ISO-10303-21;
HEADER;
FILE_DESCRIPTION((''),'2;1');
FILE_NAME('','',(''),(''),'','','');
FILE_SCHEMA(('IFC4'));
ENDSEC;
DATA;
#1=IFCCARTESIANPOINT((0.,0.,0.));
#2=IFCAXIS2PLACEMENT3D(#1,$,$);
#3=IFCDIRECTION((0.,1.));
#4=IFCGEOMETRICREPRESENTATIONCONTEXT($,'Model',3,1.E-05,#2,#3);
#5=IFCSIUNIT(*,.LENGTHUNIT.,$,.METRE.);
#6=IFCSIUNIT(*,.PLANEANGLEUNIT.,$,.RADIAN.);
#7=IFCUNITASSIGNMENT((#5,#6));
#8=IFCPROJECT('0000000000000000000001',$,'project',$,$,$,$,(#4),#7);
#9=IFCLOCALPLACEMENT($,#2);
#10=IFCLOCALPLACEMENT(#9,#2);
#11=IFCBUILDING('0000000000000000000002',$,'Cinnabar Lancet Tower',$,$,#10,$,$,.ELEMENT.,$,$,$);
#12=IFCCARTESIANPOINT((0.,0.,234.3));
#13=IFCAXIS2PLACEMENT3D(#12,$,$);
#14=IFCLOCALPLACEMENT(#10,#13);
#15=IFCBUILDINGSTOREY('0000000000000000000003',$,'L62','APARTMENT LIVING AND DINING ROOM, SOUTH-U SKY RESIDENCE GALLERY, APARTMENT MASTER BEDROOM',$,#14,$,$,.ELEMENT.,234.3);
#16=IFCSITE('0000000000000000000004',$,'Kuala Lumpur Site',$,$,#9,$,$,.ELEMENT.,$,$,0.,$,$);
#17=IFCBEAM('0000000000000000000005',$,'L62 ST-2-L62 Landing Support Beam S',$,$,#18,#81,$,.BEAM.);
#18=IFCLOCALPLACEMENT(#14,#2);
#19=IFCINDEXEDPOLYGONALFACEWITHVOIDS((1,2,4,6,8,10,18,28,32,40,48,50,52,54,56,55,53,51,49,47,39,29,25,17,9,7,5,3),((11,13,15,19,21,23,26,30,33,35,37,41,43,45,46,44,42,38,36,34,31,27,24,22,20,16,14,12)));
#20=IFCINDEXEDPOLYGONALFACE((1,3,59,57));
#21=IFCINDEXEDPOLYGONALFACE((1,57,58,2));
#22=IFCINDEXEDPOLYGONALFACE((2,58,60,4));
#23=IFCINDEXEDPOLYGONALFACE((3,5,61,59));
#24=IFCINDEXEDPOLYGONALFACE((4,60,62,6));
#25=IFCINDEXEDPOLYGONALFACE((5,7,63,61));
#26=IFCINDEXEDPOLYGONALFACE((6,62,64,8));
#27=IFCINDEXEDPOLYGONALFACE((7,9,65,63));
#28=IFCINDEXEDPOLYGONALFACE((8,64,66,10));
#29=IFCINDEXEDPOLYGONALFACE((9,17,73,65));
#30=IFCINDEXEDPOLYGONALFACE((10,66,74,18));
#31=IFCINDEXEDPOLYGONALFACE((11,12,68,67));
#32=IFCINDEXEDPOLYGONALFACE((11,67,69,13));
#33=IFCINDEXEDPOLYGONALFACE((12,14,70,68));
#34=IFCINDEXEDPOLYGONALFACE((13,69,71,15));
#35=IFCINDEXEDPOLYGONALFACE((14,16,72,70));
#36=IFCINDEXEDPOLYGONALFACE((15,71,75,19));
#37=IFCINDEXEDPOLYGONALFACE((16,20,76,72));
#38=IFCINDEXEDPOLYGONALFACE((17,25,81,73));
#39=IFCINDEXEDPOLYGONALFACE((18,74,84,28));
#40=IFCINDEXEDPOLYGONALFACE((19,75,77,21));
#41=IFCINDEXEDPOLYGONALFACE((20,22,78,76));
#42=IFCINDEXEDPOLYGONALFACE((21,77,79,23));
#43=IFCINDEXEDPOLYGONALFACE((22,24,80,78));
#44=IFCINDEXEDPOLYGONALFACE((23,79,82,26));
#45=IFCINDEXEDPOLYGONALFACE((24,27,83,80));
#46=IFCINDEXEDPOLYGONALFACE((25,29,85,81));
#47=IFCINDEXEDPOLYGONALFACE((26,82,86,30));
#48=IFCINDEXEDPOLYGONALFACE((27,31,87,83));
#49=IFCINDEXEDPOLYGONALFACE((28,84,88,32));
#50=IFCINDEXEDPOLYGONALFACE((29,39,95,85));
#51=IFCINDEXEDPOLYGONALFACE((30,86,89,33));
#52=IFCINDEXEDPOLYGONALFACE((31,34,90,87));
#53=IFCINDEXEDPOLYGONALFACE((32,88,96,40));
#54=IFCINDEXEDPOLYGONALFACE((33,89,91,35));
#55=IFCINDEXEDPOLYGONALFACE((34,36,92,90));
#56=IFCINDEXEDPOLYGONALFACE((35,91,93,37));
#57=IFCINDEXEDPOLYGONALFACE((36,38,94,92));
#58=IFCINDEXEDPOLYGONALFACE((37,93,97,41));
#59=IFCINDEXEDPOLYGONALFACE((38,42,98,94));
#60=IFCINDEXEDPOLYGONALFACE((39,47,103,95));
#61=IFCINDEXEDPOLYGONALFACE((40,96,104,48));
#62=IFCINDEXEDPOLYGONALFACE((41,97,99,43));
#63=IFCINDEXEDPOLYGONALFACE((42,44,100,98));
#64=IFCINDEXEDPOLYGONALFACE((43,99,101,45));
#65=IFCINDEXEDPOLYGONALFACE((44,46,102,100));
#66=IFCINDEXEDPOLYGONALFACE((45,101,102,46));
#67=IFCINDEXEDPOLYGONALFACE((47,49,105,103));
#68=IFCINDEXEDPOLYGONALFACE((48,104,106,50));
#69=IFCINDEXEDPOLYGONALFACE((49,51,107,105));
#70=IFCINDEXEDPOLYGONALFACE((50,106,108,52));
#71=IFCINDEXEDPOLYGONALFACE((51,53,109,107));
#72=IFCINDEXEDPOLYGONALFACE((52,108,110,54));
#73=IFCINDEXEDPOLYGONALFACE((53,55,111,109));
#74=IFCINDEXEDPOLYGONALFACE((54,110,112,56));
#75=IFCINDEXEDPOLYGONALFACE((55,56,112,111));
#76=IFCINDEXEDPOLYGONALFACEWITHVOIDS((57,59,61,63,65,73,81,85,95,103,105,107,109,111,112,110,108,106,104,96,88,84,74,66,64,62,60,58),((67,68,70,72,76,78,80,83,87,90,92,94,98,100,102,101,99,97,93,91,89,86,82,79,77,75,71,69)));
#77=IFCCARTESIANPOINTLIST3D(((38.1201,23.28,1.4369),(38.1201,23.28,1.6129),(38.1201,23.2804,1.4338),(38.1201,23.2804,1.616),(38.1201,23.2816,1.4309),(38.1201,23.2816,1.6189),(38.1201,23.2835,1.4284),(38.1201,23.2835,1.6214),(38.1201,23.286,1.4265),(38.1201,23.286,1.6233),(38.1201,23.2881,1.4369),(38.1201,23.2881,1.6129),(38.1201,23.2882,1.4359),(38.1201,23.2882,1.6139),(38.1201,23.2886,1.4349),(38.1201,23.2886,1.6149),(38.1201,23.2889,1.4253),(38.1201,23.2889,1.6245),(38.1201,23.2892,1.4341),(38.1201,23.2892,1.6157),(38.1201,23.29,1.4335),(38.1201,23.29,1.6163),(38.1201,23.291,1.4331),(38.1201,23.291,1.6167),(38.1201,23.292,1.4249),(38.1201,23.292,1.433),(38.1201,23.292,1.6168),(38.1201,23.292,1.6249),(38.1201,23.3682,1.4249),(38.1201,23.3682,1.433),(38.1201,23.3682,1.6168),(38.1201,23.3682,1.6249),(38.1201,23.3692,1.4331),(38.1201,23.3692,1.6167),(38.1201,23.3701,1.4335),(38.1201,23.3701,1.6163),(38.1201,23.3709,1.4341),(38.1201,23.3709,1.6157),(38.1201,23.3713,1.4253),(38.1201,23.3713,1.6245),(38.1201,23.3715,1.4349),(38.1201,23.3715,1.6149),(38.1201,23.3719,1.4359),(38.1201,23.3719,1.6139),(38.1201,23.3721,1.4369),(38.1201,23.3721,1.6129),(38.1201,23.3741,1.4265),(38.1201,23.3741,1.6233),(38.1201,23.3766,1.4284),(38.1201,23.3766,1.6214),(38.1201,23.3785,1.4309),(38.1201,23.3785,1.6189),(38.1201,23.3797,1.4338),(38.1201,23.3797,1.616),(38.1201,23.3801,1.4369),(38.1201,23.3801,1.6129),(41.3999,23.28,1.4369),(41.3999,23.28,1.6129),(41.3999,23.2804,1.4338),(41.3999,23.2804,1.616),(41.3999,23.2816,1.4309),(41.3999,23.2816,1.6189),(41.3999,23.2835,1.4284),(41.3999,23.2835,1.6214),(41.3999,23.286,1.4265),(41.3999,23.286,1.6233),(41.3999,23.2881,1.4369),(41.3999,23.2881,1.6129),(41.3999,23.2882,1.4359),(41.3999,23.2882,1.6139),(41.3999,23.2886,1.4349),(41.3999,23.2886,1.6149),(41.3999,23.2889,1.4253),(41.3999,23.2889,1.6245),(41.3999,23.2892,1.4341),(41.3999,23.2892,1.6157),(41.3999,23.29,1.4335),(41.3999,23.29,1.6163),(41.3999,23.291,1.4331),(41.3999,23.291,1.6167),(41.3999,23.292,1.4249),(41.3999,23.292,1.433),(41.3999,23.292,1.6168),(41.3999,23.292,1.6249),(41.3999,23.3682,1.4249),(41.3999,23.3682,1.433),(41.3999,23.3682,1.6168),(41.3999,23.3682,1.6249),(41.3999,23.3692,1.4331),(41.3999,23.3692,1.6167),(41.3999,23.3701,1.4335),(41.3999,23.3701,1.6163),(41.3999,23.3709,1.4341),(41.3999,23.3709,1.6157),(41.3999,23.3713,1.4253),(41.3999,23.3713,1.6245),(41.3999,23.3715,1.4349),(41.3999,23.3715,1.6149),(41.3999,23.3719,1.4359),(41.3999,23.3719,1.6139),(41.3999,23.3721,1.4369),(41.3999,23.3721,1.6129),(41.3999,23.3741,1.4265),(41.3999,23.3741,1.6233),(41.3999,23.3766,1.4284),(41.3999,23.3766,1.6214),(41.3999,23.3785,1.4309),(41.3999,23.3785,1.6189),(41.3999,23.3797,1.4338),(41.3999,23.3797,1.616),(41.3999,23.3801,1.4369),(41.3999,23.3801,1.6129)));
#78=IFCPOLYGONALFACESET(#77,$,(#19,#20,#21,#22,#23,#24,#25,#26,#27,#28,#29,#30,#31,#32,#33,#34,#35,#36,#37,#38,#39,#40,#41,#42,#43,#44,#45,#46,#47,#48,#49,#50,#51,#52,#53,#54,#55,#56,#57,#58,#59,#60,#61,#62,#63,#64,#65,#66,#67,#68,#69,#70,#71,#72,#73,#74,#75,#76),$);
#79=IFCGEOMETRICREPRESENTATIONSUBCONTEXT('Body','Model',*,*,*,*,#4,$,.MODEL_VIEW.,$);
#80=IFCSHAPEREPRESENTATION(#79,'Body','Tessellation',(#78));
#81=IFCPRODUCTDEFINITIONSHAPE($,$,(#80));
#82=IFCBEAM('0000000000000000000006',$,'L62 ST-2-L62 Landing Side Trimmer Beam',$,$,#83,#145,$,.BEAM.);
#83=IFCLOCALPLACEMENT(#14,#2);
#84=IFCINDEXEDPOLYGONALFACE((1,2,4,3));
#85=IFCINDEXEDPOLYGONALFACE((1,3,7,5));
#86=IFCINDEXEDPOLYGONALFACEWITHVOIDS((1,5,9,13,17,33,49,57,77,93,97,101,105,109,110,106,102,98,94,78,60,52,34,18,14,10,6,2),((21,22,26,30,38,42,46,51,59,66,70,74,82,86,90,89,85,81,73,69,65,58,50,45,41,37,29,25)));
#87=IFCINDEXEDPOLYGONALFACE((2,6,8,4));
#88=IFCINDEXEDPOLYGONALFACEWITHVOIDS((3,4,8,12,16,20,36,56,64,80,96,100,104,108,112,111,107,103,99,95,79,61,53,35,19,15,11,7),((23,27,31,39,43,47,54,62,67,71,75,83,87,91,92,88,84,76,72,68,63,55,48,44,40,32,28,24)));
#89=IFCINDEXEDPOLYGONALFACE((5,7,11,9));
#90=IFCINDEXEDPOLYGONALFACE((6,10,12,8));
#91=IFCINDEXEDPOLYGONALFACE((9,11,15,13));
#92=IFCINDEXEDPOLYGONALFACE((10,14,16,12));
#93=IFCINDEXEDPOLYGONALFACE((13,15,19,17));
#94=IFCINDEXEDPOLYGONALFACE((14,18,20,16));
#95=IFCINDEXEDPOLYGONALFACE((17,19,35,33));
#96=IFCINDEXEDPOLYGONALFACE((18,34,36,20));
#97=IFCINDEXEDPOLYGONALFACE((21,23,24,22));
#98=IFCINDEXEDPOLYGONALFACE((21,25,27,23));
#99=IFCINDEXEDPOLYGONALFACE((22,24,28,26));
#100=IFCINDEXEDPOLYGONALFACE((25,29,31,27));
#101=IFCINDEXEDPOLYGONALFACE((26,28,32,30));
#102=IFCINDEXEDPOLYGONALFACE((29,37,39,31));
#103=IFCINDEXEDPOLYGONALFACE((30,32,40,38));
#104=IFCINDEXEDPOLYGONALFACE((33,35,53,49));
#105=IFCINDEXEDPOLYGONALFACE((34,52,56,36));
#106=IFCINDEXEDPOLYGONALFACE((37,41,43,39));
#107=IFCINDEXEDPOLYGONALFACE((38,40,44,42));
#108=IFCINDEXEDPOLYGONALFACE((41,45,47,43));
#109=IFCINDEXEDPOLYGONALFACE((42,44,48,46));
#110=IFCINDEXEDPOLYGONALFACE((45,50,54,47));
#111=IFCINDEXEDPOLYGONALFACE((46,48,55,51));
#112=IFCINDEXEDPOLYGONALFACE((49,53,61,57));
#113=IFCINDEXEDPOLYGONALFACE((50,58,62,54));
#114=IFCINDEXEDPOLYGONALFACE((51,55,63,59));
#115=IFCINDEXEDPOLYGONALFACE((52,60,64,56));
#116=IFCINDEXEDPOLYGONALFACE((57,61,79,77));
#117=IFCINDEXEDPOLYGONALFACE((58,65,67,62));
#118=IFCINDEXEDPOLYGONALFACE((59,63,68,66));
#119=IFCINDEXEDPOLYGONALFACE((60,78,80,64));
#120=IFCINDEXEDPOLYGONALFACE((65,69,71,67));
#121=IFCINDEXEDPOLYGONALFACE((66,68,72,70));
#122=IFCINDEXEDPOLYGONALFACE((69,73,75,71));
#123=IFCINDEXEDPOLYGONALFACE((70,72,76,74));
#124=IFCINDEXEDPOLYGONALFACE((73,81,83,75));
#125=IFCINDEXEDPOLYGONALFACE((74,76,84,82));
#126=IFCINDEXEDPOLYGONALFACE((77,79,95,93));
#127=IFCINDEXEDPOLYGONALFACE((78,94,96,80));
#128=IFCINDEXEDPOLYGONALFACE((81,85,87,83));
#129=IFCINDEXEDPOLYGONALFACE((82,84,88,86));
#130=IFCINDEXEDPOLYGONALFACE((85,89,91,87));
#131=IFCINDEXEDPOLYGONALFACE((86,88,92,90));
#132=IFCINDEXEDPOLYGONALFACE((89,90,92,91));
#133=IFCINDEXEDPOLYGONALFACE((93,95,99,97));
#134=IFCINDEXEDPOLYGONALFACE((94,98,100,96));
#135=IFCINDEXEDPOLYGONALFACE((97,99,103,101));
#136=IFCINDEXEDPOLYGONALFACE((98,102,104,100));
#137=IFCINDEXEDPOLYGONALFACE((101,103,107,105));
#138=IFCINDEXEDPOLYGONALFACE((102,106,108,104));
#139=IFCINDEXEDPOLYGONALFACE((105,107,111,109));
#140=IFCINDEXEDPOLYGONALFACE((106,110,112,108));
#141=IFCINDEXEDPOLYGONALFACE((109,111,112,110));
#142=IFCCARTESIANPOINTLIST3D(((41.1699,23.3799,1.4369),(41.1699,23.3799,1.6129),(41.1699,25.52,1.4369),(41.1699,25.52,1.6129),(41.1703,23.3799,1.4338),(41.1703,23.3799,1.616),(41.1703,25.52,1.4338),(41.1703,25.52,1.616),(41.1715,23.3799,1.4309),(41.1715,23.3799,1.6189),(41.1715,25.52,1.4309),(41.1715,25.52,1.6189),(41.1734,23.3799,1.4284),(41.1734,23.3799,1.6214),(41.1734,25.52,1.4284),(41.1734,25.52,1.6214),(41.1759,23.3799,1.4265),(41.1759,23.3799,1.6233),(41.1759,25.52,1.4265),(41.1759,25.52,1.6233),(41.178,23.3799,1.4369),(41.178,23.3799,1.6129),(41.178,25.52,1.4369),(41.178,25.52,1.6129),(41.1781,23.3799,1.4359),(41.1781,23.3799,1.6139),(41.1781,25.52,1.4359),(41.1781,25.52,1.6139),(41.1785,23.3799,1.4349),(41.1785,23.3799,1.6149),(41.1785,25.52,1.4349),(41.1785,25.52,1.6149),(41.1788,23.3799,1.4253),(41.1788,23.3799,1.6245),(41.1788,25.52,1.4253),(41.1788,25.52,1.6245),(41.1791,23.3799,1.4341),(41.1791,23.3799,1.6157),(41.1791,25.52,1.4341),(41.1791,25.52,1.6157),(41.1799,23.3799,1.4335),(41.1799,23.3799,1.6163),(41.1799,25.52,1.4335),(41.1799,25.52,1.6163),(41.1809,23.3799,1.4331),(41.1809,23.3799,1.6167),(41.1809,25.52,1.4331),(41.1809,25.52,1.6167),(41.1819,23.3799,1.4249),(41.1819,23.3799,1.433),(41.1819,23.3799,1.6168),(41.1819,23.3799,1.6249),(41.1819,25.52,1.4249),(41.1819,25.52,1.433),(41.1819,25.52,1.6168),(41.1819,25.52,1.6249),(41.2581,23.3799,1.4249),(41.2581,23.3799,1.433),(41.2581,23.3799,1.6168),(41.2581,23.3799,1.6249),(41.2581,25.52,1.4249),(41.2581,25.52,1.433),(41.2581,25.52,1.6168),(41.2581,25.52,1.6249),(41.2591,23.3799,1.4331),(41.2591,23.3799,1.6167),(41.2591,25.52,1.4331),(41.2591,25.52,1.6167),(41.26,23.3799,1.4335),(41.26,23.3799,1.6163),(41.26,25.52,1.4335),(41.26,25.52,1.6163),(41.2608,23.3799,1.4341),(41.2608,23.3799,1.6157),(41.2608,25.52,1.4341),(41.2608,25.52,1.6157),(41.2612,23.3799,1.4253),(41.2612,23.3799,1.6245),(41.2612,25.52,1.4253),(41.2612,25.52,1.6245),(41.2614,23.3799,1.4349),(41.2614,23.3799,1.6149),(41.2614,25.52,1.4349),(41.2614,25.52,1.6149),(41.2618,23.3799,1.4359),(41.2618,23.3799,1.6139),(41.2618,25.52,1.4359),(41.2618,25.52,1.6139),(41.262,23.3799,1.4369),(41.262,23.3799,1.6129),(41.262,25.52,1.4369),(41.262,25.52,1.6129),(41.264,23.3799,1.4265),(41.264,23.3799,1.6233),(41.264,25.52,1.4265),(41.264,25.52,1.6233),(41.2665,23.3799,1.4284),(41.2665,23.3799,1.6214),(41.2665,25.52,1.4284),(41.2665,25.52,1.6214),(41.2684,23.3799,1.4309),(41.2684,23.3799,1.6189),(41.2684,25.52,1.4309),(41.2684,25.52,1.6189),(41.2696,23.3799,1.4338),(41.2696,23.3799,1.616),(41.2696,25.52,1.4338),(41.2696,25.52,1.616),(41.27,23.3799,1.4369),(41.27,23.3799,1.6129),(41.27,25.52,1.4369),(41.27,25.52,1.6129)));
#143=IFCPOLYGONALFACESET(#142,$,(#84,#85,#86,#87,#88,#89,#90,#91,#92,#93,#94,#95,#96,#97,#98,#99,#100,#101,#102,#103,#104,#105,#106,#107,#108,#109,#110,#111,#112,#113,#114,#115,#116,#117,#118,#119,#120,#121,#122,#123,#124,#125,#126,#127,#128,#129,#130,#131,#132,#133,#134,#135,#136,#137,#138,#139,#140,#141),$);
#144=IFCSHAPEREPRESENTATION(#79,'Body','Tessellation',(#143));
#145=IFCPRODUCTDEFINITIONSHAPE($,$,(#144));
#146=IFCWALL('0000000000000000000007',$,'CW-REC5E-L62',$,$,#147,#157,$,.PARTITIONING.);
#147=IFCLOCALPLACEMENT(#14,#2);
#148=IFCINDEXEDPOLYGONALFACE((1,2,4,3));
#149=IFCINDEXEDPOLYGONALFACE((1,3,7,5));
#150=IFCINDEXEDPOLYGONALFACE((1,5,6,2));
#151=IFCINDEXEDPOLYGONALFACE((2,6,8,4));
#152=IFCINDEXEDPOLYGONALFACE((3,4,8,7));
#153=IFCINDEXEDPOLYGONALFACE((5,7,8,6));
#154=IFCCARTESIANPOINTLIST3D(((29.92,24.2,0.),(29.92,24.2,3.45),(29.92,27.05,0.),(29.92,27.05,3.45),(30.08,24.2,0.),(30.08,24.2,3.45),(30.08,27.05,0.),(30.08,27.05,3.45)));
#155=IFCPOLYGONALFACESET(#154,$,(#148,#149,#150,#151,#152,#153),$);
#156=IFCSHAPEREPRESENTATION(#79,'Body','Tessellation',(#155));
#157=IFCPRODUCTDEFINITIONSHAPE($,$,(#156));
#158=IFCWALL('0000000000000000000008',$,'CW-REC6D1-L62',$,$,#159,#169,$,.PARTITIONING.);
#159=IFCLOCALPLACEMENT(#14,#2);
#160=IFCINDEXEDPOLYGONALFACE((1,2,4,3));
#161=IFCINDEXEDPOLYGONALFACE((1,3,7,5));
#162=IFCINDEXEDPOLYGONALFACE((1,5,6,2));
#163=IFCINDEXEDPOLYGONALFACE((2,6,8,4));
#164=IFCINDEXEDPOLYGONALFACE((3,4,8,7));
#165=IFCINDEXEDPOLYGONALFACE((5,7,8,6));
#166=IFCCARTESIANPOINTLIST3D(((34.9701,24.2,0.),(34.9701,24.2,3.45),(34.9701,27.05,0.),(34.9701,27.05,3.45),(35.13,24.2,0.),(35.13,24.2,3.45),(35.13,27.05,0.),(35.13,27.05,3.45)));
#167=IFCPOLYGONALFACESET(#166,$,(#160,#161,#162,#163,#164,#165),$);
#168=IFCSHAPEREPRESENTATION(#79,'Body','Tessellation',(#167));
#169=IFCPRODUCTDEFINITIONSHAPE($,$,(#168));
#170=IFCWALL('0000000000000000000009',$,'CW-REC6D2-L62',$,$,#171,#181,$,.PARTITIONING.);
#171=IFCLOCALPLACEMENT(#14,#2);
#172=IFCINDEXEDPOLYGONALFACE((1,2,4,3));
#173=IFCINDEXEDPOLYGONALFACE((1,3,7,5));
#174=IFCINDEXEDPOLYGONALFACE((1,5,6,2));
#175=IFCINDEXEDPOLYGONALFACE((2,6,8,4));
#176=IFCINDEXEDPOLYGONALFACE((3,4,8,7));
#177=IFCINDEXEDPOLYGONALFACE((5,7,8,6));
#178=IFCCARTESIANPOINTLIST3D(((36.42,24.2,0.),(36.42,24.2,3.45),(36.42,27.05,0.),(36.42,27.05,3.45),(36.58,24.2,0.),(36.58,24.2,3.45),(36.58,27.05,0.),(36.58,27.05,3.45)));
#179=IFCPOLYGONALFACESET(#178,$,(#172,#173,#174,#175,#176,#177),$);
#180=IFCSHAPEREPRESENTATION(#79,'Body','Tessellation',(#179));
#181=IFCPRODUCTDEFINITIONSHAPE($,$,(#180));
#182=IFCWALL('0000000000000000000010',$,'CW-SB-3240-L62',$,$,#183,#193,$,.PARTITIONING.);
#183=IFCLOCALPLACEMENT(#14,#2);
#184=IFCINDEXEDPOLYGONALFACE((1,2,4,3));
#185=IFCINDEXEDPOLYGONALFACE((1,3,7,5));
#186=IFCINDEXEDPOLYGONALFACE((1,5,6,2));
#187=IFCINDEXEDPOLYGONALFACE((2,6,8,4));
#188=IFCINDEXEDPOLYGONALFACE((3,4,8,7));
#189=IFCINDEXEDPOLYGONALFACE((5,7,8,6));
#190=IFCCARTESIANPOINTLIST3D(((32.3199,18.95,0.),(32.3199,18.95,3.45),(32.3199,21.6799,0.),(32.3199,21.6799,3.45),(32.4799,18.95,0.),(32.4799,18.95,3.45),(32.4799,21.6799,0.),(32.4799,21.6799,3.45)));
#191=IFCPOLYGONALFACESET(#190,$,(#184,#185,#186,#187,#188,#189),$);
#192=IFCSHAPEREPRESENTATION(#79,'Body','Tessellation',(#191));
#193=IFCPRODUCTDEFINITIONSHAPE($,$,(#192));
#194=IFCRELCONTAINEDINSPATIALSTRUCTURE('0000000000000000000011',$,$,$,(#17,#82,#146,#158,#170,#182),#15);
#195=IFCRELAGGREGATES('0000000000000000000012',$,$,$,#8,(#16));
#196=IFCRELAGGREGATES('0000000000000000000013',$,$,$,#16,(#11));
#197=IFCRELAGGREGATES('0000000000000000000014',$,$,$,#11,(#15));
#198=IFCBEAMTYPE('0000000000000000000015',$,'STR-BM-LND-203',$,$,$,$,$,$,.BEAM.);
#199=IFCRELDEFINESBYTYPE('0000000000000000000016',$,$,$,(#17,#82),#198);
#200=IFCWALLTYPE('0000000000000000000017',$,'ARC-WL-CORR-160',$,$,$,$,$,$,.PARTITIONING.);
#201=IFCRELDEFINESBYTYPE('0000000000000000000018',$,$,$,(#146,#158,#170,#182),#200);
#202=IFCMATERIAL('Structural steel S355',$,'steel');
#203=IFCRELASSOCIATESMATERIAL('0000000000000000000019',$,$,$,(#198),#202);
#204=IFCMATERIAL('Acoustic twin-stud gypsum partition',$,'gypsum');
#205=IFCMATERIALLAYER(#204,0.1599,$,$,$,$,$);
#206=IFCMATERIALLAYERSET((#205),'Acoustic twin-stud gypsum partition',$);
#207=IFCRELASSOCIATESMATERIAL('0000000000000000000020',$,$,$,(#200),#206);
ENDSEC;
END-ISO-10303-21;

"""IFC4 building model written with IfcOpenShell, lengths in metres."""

from ifc_helpers import new_model, si_unit, direction, frame, frame_2d, origin, origin_2d, place, context, subcontext, project, spatial, rectangle, hollow_rectangle, extrude, material, layer, layer_set, material_profile, profile_set, type_object, element, save


model = new_model("IFC4")

# Units and contexts
model_context = context("Model", 3, precision=1e-05, world=origin(), true_north=direction((0.0, 1.0)))
body_context = subcontext(model_context, "Body", "Model", "MODEL_VIEW")
ifc_project = project(units=[si_unit("LENGTHUNIT", "METRE"), si_unit("PLANEANGLEUNIT", "RADIAN")], contexts=[model_context])

# Site, building, storey
site_placement = place(None, origin())
site = spatial("IfcSite", under=ifc_project, at=site_placement, Name="Kuala Lumpur Site", CompositionType="ELEMENT", RefElevation=0.0)
building_placement = place(site_placement, origin())
building = spatial("IfcBuilding", under=site, at=building_placement, Name="Cinnabar Lancet Tower", CompositionType="ELEMENT")
storey_placement = place(building_placement, frame((0.0, 0.0, 234.3)))
storey = spatial("IfcBuildingStorey", under=building, at=storey_placement, Name="L62", Description="APARTMENT LIVING AND DINING ROOM, SOUTH-U SKY RESIDENCE GALLERY, APARTMENT MASTER BEDROOM", CompositionType="ELEMENT", Elevation=234.3)

# Beams
ifc_material_1 = material(Name="Structural steel S355", Category="steel")
ifc_material_profile_1 = material_profile(ifc_material_1, hollow_rectangle(XDim=0.1001, YDim=0.2, WallThickness=0.0081, InnerFilletRadius=0.0039, OuterFilletRadius=0.012, at=origin_2d()), Name="RHS 200x100x8")
ifc_profile_set_1 = profile_set([ifc_material_profile_1], Name="Structural steel S355")
beam_type_1 = type_object("IfcBeamType", Name="STR-BM-LND-203", PredefinedType="BEAM", material=ifc_profile_set_1)
beam_1_placement = place(storey_placement, frame((38.1201, 23.3301, 1.5249), z_axis=(1.0, 0.0, 0.0), x_axis=(0.0, 1.0, 0.0)))
element("IfcBeam", 1, at=beam_1_placement, inside=storey, type_object=beam_type_1, Name="L62 ST-2-L62 Landing Support Beam S", PredefinedType="BEAM", context=body_context, shape_type="SweptSolid", body=[
    extrude(hollow_rectangle(XDim=0.1001, YDim=0.2, WallThickness=0.0081, InnerFilletRadius=0.0039, OuterFilletRadius=0.012, at=origin_2d()), origin(), (0.0, 0.0, 1.0), 3.2798),
])
beam_2_placement = place(storey_placement, frame((41.22, 23.3799, 1.5249), z_axis=(0.0, 1.0, 0.0), x_axis=(-1.0, 0.0, 0.0)))
element("IfcBeam", 2, at=beam_2_placement, inside=storey, type_object=beam_type_1, Name="L62 ST-2-L62 Landing Side Trimmer Beam", PredefinedType="BEAM", context=body_context, shape_type="SweptSolid", body=[
    extrude(hollow_rectangle(XDim=0.1001, YDim=0.2, WallThickness=0.0081, InnerFilletRadius=0.0039, OuterFilletRadius=0.012, at=origin_2d()), origin(), (0.0, 0.0, 1.0), 2.1401),
])

# Walls
ifc_material_2 = material(Name="Acoustic twin-stud gypsum partition", Category="gypsum")
ifc_layer_1 = layer(ifc_material_2, 0.1599)
ifc_layer_set_1 = layer_set([ifc_layer_1], Name="Acoustic twin-stud gypsum partition")
wall_type_1 = type_object("IfcWallType", Name="ARC-WL-CORR-160", PredefinedType="PARTITIONING", material=ifc_layer_set_1)
for number, where, z_axis, x_axis, name in (
    (3, (30.0, 24.2, 0.0), (0.0, 0.0, 1.0), (0.0, 1.0, 0.0), "CW-REC5E-L62"),
    (4, (35.05, 24.2, 0.0), (0.0, 0.0, 1.0), (0.0, 1.0, 0.0), "CW-REC6D1-L62"),
    (5, (36.5, 24.2, 0.0), (0.0, 0.0, 1.0), (0.0, 1.0, 0.0), "CW-REC6D2-L62"),
):
    element("IfcWall", number, at=place(storey_placement, frame(where, z_axis=z_axis, x_axis=x_axis)), inside=storey, type_object=wall_type_1, Name=name, PredefinedType="PARTITIONING", context=body_context, shape_type="SweptSolid", body=[
        extrude(rectangle(XDim=2.8501, YDim=0.1599, at=frame_2d((1.425, 0.0))), origin(), (0.0, 0.0, 1.0), 3.45),
    ])
wall_1_placement = place(storey_placement, frame((32.3999, 18.95, 0.0), z_axis=(0.0, 0.0, 1.0), x_axis=(0.0, 1.0, 0.0)))
element("IfcWall", 6, at=wall_1_placement, inside=storey, type_object=wall_type_1, Name="CW-SB-3240-L62", PredefinedType="PARTITIONING", context=body_context, shape_type="SweptSolid", body=[
    extrude(rectangle(XDim=2.73, YDim=0.1599, at=frame_2d((1.365, 0.0))), origin(), (0.0, 0.0, 1.0), 3.45),
])

save(model, "model.ifc")
